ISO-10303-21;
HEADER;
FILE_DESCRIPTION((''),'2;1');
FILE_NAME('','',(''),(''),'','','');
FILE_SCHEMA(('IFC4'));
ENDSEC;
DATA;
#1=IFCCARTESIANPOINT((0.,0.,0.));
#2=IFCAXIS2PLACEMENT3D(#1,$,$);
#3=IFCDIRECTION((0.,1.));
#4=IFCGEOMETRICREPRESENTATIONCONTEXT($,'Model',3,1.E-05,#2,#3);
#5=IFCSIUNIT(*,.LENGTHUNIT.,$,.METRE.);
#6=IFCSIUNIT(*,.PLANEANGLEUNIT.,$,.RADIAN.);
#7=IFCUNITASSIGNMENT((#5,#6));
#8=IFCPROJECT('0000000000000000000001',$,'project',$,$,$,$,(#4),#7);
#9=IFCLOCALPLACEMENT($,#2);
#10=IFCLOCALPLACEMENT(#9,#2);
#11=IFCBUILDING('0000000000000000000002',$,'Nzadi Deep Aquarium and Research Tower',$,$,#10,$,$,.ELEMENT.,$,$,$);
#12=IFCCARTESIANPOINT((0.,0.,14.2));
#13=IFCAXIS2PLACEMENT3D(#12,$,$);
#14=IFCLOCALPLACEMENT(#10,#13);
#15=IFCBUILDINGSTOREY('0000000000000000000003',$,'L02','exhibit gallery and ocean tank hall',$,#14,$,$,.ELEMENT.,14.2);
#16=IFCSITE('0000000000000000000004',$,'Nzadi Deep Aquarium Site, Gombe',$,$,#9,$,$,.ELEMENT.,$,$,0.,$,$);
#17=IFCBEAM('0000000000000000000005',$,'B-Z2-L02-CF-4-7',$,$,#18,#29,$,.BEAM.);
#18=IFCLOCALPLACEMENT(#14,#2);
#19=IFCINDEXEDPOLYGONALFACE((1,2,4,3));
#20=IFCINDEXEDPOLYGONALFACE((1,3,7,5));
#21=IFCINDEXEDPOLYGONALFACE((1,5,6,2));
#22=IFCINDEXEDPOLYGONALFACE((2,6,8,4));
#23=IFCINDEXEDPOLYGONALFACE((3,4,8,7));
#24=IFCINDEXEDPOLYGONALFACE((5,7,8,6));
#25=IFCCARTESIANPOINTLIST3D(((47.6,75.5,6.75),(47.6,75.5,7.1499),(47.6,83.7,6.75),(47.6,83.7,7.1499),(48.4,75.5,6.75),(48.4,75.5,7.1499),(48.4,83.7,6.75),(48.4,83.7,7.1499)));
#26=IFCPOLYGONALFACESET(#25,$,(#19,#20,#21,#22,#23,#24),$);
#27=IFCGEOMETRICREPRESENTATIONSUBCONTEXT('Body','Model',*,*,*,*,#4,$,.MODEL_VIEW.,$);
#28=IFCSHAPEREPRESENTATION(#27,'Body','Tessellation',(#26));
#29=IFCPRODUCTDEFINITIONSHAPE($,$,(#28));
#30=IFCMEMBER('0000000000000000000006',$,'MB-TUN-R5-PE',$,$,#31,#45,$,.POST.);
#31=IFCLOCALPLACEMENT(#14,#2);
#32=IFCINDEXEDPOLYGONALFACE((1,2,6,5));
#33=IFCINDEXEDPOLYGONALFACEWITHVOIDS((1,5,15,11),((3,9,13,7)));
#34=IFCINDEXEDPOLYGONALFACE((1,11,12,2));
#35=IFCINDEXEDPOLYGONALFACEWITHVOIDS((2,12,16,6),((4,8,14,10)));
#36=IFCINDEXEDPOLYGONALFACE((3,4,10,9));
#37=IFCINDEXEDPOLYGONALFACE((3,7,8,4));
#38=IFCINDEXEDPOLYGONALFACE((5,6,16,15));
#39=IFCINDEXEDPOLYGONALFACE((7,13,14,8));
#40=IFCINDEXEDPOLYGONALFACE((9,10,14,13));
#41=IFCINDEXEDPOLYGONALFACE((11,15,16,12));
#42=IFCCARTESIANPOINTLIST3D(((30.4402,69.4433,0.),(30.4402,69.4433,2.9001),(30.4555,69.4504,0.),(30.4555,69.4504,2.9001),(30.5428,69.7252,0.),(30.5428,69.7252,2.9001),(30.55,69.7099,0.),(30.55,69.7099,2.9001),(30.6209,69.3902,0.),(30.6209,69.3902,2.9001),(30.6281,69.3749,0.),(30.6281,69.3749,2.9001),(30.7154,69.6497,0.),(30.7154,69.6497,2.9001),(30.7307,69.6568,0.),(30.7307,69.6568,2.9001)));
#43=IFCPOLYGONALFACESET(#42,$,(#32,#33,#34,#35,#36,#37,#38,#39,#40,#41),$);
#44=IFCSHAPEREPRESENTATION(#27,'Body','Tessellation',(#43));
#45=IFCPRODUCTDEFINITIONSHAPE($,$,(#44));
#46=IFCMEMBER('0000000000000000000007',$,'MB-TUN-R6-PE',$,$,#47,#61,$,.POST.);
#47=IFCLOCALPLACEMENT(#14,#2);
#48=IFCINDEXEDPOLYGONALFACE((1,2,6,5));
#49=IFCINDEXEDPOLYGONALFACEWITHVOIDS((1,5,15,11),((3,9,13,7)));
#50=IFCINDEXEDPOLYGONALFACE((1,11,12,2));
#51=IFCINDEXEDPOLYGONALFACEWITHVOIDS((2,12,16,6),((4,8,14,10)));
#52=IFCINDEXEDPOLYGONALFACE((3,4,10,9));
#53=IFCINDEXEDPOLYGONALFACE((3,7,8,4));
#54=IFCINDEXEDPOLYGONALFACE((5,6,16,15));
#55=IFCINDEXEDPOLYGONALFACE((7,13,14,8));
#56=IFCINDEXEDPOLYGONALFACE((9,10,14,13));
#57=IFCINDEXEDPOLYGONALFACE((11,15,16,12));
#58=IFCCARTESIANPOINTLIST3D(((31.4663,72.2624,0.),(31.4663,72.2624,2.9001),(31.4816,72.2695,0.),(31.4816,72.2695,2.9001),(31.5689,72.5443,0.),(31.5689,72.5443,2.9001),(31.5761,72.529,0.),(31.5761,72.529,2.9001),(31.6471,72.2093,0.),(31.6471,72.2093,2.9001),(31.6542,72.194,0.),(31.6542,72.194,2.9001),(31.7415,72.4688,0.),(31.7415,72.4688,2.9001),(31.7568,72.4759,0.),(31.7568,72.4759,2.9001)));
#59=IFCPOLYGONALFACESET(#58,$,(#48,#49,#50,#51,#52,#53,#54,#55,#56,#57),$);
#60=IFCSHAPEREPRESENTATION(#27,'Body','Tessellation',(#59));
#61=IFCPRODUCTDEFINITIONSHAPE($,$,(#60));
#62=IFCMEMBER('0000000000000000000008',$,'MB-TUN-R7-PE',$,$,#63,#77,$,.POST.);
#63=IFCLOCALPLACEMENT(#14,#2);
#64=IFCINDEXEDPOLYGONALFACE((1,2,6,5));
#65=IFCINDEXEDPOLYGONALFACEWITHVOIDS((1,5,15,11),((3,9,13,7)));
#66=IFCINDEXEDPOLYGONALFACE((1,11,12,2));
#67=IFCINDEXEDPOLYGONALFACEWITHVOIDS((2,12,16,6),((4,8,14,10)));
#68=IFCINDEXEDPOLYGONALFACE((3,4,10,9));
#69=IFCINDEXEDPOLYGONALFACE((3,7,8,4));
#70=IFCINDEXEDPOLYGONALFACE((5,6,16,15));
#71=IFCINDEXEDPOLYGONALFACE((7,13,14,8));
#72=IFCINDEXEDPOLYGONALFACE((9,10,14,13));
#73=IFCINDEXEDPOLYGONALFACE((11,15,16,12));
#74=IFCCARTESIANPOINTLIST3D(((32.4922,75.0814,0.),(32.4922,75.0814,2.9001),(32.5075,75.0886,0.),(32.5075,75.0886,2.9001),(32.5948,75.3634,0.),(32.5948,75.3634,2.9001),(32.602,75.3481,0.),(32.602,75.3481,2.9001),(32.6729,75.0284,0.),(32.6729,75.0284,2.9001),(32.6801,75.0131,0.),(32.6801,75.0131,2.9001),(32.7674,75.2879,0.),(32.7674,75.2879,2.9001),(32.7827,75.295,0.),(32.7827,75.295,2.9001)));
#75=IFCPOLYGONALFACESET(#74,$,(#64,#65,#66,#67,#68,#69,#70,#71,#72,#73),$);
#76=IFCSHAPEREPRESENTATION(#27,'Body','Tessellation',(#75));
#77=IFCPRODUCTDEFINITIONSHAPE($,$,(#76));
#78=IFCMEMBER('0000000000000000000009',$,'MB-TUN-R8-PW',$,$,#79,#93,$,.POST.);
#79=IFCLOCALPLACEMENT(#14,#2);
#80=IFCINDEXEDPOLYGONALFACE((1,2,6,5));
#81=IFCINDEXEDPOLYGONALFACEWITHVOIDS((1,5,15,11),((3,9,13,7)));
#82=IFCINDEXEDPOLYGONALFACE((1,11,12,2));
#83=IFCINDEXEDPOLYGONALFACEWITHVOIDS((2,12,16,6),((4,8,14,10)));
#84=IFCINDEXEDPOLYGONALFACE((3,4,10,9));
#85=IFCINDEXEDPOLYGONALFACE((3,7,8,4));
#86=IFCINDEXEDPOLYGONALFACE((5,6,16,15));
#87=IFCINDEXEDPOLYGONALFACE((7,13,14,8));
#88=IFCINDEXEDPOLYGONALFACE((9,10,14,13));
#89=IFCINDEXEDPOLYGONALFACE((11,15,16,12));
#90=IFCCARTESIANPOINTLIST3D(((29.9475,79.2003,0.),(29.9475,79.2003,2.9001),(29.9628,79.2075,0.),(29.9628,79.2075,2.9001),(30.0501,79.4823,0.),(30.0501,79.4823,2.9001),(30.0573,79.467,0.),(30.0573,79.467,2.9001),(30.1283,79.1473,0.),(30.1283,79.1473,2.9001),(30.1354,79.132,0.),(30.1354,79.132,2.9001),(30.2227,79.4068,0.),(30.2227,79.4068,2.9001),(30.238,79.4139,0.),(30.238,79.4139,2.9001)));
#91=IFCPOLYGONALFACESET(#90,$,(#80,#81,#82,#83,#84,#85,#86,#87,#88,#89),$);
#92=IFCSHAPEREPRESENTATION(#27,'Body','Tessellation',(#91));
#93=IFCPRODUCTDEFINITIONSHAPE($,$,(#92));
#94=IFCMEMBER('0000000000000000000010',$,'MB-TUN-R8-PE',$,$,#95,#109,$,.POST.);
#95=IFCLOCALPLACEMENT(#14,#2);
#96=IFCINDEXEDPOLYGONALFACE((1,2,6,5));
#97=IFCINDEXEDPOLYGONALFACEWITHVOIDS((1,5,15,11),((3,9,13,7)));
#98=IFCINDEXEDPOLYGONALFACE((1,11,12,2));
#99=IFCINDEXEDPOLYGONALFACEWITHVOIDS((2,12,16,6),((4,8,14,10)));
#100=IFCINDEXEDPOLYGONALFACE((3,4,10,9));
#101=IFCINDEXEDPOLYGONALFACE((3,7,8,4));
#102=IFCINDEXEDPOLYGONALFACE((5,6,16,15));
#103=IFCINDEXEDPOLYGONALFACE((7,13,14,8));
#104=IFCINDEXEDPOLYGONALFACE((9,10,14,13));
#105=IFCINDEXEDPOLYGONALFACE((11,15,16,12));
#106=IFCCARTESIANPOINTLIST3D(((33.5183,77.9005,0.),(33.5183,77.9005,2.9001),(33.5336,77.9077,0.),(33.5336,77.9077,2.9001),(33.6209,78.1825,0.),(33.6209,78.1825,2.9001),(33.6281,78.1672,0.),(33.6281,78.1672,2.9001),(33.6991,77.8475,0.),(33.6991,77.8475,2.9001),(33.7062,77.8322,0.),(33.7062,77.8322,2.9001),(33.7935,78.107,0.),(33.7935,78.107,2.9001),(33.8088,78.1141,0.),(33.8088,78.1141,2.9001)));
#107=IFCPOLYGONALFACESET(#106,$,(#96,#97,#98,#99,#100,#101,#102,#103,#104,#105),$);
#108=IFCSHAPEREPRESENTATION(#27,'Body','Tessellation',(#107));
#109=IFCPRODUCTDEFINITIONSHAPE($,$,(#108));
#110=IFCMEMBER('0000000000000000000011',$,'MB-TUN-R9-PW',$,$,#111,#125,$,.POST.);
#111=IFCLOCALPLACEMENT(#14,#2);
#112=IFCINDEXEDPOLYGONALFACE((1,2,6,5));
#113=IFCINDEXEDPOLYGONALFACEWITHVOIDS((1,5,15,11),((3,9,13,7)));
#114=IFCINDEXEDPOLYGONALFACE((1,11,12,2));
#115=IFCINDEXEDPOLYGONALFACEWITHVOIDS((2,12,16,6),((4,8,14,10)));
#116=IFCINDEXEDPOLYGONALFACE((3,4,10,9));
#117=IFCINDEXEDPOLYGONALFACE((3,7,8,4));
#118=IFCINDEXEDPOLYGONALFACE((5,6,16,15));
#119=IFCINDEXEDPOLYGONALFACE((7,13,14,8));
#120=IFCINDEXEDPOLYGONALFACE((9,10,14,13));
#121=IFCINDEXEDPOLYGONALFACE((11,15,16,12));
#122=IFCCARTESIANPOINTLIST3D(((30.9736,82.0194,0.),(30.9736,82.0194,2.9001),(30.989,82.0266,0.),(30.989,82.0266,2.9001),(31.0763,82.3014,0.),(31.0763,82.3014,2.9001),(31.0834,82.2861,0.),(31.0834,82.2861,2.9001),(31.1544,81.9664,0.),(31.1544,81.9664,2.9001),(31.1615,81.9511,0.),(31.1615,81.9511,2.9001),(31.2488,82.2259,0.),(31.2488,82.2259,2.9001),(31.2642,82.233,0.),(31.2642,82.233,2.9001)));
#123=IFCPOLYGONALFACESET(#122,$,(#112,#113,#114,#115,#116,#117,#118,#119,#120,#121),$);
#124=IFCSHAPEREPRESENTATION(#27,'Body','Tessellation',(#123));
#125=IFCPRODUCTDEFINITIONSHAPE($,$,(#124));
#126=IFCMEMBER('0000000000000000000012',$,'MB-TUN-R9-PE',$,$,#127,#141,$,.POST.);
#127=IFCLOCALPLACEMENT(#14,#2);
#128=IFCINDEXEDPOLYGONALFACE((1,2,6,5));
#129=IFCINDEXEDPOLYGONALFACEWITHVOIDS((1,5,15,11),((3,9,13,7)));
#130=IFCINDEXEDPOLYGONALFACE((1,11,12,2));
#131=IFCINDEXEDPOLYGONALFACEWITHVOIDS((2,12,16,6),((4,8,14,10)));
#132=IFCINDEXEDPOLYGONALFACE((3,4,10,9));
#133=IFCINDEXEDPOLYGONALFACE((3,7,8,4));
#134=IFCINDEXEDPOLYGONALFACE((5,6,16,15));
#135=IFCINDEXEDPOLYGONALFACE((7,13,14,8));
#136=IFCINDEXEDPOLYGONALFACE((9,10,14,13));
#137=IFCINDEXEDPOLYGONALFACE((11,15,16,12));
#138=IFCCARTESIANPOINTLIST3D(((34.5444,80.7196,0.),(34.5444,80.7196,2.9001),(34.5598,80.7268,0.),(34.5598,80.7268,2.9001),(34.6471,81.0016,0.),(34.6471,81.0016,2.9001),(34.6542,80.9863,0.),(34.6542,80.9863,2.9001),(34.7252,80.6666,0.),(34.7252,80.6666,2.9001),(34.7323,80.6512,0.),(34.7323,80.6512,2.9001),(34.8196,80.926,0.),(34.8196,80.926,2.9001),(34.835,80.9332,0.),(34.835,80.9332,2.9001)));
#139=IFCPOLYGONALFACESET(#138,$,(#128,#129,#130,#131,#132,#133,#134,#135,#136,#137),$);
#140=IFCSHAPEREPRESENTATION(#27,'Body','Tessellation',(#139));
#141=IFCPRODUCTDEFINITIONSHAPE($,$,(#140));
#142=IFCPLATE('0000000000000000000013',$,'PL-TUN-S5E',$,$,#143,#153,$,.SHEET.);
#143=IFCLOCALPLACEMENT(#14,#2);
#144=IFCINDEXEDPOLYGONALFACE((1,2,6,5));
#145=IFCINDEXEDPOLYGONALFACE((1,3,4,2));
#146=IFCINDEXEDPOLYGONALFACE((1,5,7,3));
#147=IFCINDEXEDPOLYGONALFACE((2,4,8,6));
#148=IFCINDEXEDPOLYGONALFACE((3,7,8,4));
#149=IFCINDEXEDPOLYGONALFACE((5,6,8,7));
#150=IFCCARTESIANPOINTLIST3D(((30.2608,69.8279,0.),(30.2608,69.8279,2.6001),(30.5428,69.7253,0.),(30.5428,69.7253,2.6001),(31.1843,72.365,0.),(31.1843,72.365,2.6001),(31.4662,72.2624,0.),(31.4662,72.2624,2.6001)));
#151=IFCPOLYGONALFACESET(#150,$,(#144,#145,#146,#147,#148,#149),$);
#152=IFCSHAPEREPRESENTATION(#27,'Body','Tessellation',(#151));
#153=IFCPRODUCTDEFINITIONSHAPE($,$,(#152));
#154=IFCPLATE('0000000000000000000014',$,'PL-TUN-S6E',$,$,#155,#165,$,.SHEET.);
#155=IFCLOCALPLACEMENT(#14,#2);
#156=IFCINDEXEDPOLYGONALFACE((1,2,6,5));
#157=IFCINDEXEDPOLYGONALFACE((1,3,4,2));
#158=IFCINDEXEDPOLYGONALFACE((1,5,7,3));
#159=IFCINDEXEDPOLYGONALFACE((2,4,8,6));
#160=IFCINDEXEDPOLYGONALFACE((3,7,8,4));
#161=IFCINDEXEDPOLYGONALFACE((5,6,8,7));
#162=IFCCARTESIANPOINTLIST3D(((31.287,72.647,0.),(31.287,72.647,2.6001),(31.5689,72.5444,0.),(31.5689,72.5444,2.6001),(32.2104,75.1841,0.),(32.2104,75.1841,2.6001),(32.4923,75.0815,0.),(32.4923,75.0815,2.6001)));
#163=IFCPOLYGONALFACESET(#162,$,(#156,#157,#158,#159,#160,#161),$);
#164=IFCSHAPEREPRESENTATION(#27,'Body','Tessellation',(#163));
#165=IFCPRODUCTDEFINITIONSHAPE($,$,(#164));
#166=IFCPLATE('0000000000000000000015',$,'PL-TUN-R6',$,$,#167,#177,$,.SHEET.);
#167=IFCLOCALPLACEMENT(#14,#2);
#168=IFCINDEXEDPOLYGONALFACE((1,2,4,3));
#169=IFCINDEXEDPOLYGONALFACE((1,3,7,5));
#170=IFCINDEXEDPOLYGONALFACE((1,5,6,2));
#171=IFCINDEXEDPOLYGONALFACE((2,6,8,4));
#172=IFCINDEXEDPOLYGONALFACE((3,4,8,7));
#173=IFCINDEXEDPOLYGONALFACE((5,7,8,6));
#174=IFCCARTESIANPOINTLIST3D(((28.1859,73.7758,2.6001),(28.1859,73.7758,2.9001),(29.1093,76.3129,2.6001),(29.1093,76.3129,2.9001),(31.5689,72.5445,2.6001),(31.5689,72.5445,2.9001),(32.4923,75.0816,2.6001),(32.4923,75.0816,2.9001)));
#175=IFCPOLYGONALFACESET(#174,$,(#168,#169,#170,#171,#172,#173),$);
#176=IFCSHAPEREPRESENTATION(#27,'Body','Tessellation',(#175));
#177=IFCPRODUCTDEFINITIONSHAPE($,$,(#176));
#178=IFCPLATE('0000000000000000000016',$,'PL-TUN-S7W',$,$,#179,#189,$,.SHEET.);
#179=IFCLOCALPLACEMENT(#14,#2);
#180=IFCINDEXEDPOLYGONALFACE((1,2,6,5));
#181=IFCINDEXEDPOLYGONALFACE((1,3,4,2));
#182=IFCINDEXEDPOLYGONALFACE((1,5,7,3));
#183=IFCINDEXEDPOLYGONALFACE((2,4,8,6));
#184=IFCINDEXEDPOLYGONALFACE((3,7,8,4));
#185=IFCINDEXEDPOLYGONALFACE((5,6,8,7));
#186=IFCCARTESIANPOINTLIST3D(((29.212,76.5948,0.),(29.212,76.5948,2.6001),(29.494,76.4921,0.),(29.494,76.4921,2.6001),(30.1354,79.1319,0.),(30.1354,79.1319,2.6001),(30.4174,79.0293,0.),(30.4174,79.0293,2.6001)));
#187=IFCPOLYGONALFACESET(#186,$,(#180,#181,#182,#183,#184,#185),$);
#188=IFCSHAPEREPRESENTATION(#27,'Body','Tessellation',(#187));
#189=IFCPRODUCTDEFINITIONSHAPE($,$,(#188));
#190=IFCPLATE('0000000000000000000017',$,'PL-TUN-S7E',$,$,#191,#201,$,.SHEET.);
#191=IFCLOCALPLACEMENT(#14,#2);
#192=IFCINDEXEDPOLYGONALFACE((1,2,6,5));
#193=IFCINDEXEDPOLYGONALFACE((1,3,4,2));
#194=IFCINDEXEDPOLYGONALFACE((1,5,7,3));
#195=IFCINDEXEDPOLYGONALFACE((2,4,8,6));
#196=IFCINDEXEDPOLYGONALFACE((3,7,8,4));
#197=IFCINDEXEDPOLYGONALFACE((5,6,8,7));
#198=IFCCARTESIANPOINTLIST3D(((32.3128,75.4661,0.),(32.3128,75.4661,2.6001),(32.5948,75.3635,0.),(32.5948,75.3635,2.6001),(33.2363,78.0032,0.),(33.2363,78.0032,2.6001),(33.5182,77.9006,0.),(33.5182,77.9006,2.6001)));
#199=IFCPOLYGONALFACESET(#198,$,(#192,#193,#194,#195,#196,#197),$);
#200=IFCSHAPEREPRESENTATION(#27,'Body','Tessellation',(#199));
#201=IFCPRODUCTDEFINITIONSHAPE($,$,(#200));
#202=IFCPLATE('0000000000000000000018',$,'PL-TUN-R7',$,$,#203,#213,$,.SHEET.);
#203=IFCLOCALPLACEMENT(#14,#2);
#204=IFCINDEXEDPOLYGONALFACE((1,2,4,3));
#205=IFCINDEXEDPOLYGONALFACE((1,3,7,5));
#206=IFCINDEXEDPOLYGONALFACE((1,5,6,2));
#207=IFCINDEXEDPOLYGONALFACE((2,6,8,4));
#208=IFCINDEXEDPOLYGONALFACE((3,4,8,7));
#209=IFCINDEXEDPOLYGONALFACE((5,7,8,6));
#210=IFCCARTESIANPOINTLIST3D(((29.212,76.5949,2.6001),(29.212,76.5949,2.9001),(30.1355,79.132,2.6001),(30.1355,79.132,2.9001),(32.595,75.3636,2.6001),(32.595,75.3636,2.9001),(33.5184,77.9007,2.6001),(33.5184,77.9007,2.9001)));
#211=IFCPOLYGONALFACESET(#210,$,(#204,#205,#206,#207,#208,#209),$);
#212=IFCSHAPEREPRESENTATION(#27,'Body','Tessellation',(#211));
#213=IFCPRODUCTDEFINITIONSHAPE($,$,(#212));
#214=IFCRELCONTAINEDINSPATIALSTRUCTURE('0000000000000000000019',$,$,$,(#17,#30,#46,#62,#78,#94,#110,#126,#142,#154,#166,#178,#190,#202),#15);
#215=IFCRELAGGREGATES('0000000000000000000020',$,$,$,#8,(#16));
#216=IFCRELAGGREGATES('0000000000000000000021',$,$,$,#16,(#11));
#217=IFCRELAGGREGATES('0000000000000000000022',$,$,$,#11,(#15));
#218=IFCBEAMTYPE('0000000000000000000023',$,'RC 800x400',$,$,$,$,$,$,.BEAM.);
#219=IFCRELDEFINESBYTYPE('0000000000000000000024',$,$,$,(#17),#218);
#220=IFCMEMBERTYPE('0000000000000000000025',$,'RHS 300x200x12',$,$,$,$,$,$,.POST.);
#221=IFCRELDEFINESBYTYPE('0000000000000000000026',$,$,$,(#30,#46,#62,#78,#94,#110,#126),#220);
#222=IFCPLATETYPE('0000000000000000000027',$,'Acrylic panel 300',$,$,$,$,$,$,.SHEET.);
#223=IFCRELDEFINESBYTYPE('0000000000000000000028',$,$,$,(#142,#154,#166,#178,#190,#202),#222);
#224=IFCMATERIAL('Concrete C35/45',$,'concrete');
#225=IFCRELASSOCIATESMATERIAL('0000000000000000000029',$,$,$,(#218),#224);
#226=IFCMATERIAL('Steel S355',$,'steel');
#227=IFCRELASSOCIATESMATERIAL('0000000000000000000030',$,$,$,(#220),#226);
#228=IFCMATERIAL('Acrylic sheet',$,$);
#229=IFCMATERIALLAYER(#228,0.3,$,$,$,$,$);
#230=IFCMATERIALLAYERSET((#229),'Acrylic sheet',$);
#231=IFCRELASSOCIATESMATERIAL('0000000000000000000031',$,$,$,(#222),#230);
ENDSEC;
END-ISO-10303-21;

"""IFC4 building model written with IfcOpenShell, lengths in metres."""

from ifc_helpers import new_model, si_unit, direction, frame, origin, origin_2d, place, context, subcontext, project, spatial, rectangle, hollow_rectangle, extrude, material, layer, layer_set, material_profile, profile_set, type_object, element, save


model = new_model("IFC4")

# Units and contexts
model_context = context("Model", 3, precision=1e-05, world=origin(), true_north=direction((0.0, 1.0)))
body_context = subcontext(model_context, "Body", "Model", "MODEL_VIEW")
ifc_project = project(units=[si_unit("LENGTHUNIT", "METRE"), si_unit("PLANEANGLEUNIT", "RADIAN")], contexts=[model_context])

# Site, building, storey
site_placement = place(None, origin())
site = spatial("IfcSite", under=ifc_project, at=site_placement, Name="Nzadi Deep Aquarium Site, Gombe", CompositionType="ELEMENT", RefElevation=0.0)
building_placement = place(site_placement, origin())
building = spatial("IfcBuilding", under=site, at=building_placement, Name="Nzadi Deep Aquarium and Research Tower", CompositionType="ELEMENT")
storey_placement = place(building_placement, frame((0.0, 0.0, 14.2)))
storey = spatial("IfcBuildingStorey", under=building, at=storey_placement, Name="L02", Description="exhibit gallery and ocean tank hall", CompositionType="ELEMENT", Elevation=14.2)

# Beam
ifc_material_1 = material(Name="Concrete C35/45", Category="concrete")
ifc_material_profile_1 = material_profile(ifc_material_1, rectangle(XDim=0.8, YDim=0.3999, at=origin_2d()))
ifc_profile_set_1 = profile_set([ifc_material_profile_1], Name="Concrete C35/45")
beam_type = type_object("IfcBeamType", Name="RC 800x400", PredefinedType="BEAM", material=ifc_profile_set_1)
beam_placement = place(storey_placement, frame((48.0, 75.5, 6.95), z_axis=(0.0, 1.0, 0.0), x_axis=(-1.0, 0.0, 0.0)))
element("IfcBeam", 1, at=beam_placement, inside=storey, type_object=beam_type, Name="B-Z2-L02-CF-4-7", PredefinedType="BEAM", context=body_context, shape_type="SweptSolid", body=[
    extrude(rectangle(XDim=0.8, YDim=0.3999, at=origin_2d()), origin(), (0.0, 0.0, 1.0), 8.2),
])

# Members
ifc_material_2 = material(Name="Steel S355", Category="steel")
ifc_material_profile_2 = material_profile(ifc_material_2, hollow_rectangle(XDim=0.2, YDim=0.3, WallThickness=0.012, at=origin_2d()))
ifc_profile_set_2 = profile_set([ifc_material_profile_2], Name="Steel S355")
member_type_1 = type_object("IfcMemberType", Name="RHS 300x200x12", PredefinedType="POST", material=ifc_profile_set_2)
for number, where, z_axis, x_axis, name in (
    (2, (30.5854, 69.55, 0.0), (0.0, 0.0, 1.0), (0.939693, -0.34202, 0.0), "MB-TUN-R5-PE"),
    (3, (31.6116, 72.3691, 0.0), (0.0, 0.0, 1.0), (0.939693, -0.34202, 0.0), "MB-TUN-R6-PE"),
    (4, (32.6375, 75.1882, 0.0), (0.0, 0.0, 1.0), (0.939693, -0.34202, 0.0), "MB-TUN-R7-PE"),
    (5, (30.0928, 79.3071, 0.0), (0.0, 0.0, 1.0), (0.939693, -0.34202, 0.0), "MB-TUN-R8-PW"),
    (6, (33.6636, 78.0073, 0.0), (0.0, 0.0, 1.0), (0.939693, -0.34202, 0.0), "MB-TUN-R8-PE"),
    (7, (31.1189, 82.1262, 0.0), (0.0, 0.0, 1.0), (0.939693, -0.34202, 0.0), "MB-TUN-R9-PW"),
    (8, (34.6897, 80.8264, 0.0), (0.0, 0.0, 1.0), (0.939693, -0.34202, 0.0), "MB-TUN-R9-PE"),
):
    element("IfcMember", number, at=place(storey_placement, frame(where, z_axis=z_axis, x_axis=x_axis)), inside=storey, type_object=member_type_1, Name=name, PredefinedType="POST", context=body_context, shape_type="SweptSolid", body=[
        extrude(hollow_rectangle(XDim=0.2, YDim=0.3, WallThickness=0.012, at=origin_2d()), origin(), (0.0, 0.0, 1.0), 2.9001),
    ])

# Plates
ifc_material_3 = material(Name="Acrylic sheet")
ifc_layer_1 = layer(ifc_material_3, 0.3)
ifc_layer_set_1 = layer_set([ifc_layer_1], Name="Acrylic sheet")
plate_type = type_object("IfcPlateType", Name="Acrylic panel 300", PredefinedType="SHEET", material=ifc_layer_set_1)
for number, where, z_axis, x_axis, name in (
    (9, (30.8635, 71.0452, 0.0), (0.0, 0.0, 1.0), (0.939693, -0.34202, 0.0), "PL-TUN-S5E"),
    (10, (31.8896, 73.8643, 0.0), (0.0, 0.0, 1.0), (0.939693, -0.34202, 0.0), "PL-TUN-S6E"),
):
    element("IfcPlate", number, at=place(storey_placement, frame(where, z_axis=z_axis, x_axis=x_axis)), inside=storey, type_object=plate_type, Name=name, PredefinedType="SHEET", context=body_context, shape_type="SweptSolid", body=[
        extrude(rectangle(XDim=0.3, YDim=2.7, at=origin_2d()), origin(), (0.0, 0.0, 1.0), 2.6001),
    ])
plate_1_placement = place(storey_placement, frame((30.3391, 74.4287, 2.6001), z_axis=(0.0, 0.0, 1.0), x_axis=(0.939693, -0.34202, 0.0)))
element("IfcPlate", 11, at=plate_1_placement, inside=storey, type_object=plate_type, Name="PL-TUN-R6", PredefinedType="SHEET", context=body_context, shape_type="SweptSolid", body=[
    extrude(rectangle(XDim=3.6001, YDim=2.7, at=origin_2d()), origin(), (0.0, 0.0, 1.0), 0.3),
])
for number, where, z_axis, x_axis, name in (
    (12, (29.8147, 77.812, 0.0), (0.0, 0.0, 1.0), (0.939693, -0.34202, 0.0), "PL-TUN-S7W"),
    (13, (32.9155, 76.6833, 0.0), (0.0, 0.0, 1.0), (0.939693, -0.34202, 0.0), "PL-TUN-S7E"),
):
    element("IfcPlate", number, at=place(storey_placement, frame(where, z_axis=z_axis, x_axis=x_axis)), inside=storey, type_object=plate_type, Name=name, PredefinedType="SHEET", context=body_context, shape_type="SweptSolid", body=[
        extrude(rectangle(XDim=0.3, YDim=2.7, at=origin_2d()), origin(), (0.0, 0.0, 1.0), 2.6001),
    ])
plate_2_placement = place(storey_placement, frame((31.3652, 77.2478, 2.6001), z_axis=(0.0, 0.0, 1.0), x_axis=(0.939693, -0.34202, 0.0)))
element("IfcPlate", 14, at=plate_2_placement, inside=storey, type_object=plate_type, Name="PL-TUN-R7", PredefinedType="SHEET", context=body_context, shape_type="SweptSolid", body=[
    extrude(rectangle(XDim=3.6001, YDim=2.7, at=origin_2d()), origin(), (0.0, 0.0, 1.0), 0.3),
])

save(model, "model.ifc")
